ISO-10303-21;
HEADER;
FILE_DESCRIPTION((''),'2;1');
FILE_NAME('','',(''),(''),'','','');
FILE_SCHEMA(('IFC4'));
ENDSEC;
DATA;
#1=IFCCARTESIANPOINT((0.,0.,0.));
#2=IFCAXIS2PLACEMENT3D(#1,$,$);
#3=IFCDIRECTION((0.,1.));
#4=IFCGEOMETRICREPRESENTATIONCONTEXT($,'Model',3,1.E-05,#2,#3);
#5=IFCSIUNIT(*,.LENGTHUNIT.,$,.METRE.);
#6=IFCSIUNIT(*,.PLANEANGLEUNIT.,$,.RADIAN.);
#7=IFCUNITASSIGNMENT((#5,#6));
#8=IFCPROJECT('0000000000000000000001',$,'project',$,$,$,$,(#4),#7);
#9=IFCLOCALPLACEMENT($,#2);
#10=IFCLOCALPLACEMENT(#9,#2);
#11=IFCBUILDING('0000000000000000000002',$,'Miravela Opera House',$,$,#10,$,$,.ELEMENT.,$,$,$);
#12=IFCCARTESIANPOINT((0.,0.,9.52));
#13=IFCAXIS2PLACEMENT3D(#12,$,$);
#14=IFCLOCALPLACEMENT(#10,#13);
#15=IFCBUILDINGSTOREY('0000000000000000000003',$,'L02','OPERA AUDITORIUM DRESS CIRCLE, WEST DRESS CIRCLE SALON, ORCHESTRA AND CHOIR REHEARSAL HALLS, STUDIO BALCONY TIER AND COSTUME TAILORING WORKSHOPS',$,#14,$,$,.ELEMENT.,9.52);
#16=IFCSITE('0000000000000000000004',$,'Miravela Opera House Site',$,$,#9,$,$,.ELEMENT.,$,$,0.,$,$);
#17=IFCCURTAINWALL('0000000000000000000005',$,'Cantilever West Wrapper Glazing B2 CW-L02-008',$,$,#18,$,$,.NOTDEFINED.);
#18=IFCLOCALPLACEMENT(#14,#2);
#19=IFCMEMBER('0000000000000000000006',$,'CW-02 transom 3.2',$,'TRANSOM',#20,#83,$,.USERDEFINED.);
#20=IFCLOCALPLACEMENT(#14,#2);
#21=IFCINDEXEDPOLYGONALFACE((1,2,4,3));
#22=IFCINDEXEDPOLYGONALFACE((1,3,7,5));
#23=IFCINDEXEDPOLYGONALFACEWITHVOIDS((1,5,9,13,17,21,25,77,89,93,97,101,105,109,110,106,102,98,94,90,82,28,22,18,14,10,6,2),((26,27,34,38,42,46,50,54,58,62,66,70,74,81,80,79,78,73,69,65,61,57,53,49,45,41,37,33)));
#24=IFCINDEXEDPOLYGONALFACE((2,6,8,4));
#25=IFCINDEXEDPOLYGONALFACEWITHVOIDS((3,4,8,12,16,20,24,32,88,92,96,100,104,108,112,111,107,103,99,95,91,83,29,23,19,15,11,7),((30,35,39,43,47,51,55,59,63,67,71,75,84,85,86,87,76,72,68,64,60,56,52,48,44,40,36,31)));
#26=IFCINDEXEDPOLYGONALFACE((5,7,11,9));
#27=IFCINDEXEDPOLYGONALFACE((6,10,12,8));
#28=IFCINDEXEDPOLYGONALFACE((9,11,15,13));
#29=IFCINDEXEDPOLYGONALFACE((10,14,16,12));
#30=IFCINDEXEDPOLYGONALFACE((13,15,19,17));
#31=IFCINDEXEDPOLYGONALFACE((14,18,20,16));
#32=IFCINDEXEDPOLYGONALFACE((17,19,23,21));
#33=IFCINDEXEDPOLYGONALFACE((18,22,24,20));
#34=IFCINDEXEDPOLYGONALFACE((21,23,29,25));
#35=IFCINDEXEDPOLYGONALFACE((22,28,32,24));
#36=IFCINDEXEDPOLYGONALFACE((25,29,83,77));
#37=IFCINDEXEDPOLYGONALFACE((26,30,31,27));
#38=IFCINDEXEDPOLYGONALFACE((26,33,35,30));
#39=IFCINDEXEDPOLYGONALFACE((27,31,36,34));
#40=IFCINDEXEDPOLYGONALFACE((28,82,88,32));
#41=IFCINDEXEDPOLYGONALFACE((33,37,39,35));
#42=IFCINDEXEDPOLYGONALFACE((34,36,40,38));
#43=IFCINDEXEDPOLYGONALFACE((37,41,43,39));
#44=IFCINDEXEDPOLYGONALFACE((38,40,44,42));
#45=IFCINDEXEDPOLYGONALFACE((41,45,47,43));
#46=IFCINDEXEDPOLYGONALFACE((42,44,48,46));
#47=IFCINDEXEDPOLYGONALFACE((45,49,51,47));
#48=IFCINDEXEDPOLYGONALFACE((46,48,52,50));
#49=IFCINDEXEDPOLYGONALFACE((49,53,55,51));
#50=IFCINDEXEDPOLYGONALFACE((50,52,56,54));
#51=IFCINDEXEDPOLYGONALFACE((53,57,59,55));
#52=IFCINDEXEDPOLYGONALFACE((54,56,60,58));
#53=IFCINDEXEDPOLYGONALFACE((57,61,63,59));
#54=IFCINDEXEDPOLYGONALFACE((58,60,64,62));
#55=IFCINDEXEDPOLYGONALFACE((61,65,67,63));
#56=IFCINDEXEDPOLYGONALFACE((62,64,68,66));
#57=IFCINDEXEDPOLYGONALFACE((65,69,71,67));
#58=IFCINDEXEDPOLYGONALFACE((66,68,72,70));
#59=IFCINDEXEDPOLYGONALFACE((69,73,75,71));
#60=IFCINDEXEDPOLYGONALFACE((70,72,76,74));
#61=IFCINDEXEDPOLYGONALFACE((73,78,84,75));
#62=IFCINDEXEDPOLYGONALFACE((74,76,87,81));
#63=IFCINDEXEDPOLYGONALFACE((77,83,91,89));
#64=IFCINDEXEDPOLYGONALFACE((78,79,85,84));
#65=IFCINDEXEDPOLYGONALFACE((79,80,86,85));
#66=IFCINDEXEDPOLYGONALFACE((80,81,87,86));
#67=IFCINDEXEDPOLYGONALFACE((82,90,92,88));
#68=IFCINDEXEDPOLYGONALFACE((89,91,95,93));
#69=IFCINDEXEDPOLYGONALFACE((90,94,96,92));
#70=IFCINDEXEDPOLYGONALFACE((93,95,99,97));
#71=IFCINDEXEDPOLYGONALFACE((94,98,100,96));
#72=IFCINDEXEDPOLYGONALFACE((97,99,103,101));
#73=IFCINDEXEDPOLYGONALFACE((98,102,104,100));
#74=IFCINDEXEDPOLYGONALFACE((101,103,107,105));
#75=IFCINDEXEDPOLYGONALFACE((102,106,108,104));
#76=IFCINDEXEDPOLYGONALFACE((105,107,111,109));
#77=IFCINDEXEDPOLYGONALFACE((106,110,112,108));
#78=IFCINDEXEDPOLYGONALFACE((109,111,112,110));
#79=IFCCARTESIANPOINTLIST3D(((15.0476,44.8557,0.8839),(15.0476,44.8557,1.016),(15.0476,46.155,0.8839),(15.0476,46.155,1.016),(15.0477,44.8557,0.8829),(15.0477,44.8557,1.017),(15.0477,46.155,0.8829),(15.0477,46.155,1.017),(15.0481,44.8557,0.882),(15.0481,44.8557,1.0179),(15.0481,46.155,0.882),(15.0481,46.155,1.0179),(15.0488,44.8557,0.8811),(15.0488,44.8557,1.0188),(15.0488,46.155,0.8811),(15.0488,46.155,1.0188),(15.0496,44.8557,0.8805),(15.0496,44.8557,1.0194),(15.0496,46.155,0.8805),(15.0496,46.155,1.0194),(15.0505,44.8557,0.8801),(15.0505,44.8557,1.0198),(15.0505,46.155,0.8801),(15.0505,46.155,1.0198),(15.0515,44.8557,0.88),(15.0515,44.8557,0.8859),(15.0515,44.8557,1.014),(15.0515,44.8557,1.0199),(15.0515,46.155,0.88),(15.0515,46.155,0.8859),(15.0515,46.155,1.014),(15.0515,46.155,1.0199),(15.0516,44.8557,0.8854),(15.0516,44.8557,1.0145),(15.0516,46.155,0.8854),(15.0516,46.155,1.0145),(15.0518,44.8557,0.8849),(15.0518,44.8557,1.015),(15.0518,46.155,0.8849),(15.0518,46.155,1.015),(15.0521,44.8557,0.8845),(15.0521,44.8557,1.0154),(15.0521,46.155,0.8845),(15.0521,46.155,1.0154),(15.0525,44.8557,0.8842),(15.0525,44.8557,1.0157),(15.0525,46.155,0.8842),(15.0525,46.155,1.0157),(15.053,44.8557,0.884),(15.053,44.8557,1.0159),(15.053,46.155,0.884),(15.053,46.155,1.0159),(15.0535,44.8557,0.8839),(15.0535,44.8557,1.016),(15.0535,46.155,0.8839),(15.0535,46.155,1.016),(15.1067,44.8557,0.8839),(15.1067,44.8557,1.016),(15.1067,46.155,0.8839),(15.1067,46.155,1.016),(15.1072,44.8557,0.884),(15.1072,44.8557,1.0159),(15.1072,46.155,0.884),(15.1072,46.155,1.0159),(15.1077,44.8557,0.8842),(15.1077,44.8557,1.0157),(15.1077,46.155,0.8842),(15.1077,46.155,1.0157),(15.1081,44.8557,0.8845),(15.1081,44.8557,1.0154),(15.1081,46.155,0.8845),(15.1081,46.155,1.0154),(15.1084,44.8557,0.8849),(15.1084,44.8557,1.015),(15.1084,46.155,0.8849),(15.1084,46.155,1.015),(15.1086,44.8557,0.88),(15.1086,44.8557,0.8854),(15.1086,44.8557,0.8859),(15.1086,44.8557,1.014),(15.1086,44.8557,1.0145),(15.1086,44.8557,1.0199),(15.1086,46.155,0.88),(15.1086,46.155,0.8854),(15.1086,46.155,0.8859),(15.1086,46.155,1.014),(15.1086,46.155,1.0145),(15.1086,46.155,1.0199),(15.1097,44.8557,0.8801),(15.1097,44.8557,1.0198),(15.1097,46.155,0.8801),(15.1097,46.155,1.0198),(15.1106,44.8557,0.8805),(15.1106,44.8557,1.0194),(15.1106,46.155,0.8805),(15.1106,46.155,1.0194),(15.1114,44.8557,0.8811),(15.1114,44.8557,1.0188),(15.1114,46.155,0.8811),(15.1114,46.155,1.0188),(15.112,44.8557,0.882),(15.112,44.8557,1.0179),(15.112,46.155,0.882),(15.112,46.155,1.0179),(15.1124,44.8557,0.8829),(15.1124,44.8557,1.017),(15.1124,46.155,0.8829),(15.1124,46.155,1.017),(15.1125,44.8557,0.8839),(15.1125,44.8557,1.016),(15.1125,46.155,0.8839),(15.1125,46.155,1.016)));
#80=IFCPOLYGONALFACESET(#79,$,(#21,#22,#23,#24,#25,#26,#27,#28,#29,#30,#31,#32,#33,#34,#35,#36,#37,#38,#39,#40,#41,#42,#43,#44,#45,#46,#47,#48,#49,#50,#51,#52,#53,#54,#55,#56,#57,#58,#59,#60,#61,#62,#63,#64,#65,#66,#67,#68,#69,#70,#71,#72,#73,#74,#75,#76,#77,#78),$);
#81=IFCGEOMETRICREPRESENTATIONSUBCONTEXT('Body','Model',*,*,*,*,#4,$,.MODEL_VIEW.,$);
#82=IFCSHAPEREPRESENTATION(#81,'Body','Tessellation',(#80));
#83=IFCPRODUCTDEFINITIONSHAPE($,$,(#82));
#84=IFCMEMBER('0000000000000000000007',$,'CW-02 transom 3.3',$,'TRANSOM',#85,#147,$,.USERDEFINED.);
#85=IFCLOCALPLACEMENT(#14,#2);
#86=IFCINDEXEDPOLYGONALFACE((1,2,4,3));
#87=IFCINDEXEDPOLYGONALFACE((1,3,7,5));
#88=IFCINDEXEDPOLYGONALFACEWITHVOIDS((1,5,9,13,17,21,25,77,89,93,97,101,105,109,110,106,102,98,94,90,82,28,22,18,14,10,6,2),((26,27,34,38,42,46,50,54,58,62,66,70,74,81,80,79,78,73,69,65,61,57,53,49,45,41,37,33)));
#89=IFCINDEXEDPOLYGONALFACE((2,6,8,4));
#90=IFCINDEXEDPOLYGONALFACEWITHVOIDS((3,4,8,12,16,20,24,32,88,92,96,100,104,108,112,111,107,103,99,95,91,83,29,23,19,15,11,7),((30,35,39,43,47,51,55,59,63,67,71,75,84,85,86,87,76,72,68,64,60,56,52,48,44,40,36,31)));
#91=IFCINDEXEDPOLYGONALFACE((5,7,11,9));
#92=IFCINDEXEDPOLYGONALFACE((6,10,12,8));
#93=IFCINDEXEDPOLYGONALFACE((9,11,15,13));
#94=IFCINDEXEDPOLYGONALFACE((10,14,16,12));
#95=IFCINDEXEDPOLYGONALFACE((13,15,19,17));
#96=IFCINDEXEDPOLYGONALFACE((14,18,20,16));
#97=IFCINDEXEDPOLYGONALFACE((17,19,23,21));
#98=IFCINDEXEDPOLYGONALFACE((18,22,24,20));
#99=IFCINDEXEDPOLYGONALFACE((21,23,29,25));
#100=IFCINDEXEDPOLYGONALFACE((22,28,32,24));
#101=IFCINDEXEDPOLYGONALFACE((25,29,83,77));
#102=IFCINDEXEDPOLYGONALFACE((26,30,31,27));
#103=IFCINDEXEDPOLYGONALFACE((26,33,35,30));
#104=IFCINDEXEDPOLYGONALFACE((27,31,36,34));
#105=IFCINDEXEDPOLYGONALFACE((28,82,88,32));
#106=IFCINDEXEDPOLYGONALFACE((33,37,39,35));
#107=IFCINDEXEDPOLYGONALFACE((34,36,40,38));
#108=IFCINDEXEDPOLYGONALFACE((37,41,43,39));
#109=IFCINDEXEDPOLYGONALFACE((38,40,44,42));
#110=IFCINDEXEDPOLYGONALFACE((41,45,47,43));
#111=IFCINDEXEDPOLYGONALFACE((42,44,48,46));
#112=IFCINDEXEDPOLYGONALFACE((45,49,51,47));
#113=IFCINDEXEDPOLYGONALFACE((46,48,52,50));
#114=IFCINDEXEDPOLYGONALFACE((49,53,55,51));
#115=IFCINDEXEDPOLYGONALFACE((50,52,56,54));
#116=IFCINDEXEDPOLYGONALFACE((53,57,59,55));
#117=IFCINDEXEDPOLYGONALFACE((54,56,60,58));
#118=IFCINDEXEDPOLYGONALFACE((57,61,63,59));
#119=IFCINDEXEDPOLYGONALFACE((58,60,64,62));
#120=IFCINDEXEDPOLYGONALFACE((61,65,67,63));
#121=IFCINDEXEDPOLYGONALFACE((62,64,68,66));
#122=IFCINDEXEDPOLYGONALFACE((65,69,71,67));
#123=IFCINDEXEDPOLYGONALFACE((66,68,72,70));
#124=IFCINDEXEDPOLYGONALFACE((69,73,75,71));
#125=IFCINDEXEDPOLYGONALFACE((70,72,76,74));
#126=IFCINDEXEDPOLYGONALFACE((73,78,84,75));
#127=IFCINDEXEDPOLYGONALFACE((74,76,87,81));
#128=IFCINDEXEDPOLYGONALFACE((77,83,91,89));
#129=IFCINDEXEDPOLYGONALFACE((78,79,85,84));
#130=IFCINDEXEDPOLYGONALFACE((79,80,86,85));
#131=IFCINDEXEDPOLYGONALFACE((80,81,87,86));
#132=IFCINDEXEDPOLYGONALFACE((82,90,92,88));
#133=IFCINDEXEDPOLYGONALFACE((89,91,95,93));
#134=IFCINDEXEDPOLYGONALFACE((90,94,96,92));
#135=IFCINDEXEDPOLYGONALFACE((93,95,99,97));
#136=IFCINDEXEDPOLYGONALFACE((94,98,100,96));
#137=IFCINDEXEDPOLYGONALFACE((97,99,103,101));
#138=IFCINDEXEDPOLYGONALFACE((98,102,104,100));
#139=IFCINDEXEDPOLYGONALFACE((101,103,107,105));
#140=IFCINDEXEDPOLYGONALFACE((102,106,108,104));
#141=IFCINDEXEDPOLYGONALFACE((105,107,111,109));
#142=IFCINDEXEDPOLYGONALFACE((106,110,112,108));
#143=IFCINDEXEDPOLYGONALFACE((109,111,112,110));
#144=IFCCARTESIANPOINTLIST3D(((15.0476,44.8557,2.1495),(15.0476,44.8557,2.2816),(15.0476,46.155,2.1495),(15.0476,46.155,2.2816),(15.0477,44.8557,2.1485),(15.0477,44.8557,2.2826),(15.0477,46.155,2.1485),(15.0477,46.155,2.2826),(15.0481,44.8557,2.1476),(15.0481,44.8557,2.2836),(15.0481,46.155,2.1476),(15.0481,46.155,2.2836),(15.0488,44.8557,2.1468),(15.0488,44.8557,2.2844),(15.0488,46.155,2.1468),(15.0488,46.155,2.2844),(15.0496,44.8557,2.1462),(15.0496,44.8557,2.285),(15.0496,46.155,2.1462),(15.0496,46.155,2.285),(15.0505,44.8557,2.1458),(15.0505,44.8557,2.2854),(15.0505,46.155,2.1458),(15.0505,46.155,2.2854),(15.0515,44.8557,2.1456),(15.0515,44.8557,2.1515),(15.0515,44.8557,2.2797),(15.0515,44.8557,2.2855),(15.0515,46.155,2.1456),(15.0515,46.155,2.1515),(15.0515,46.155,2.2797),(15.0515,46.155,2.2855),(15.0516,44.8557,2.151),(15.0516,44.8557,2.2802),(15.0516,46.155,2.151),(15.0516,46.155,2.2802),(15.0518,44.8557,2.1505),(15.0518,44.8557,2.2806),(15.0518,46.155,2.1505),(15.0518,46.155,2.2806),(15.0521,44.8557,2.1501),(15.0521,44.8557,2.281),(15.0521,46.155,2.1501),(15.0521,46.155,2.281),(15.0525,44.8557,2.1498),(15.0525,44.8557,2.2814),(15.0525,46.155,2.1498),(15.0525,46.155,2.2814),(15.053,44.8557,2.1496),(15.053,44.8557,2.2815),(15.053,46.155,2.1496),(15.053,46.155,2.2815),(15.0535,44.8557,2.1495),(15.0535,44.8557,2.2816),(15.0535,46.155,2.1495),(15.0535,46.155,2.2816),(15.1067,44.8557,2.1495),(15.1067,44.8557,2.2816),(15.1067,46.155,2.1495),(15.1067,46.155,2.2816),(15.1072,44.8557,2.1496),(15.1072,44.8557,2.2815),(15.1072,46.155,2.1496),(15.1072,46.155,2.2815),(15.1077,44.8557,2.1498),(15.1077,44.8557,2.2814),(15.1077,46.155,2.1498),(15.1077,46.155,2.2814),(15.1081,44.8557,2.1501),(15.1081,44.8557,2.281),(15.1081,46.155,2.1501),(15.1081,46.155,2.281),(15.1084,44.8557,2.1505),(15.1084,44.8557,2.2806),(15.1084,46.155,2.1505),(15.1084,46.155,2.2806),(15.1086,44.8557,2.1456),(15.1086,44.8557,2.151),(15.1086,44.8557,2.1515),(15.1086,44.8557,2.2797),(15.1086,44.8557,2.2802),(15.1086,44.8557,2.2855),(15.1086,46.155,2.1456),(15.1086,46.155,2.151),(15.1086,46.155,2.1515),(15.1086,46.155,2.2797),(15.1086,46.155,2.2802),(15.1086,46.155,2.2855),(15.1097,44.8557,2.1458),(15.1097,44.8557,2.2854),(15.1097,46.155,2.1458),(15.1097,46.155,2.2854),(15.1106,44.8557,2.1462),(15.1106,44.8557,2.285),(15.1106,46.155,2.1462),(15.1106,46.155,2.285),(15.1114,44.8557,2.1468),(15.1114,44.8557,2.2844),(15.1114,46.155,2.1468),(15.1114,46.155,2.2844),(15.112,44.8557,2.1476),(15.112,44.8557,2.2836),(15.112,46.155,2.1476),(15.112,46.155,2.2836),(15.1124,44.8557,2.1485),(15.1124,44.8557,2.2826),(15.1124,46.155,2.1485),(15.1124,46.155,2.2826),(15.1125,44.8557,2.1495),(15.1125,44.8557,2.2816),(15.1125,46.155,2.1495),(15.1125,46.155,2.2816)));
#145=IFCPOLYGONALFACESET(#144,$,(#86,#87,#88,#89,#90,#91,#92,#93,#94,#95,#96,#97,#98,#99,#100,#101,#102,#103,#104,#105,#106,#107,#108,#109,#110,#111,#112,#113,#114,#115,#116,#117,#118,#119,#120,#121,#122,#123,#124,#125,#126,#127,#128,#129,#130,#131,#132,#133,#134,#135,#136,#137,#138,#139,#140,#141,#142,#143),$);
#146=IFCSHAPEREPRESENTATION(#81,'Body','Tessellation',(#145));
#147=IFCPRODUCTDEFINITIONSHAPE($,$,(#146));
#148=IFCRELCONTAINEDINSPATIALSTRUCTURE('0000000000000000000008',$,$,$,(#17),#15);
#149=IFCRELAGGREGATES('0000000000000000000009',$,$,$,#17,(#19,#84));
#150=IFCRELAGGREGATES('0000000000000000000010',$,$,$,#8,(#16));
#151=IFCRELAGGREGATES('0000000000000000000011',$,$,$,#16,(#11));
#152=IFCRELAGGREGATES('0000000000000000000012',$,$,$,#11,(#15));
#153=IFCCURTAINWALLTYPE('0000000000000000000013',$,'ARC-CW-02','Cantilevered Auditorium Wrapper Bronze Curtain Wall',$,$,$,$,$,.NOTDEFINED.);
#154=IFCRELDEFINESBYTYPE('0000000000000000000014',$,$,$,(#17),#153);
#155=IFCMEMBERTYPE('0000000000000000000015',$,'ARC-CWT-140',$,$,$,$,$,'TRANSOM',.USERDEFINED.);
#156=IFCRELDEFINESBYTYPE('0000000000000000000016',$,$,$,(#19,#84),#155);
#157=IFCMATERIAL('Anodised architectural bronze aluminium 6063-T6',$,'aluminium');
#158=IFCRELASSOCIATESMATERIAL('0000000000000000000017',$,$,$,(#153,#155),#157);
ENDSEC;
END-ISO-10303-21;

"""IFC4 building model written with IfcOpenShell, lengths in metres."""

from ifc_helpers import new_model, si_unit, direction, frame, origin, origin_2d, place, context, subcontext, project, spatial, hollow_rectangle, extrude, material, material_profile, profile_set, type_object, element, aggregate, save


model = new_model("IFC4")

# Units and contexts
model_context = context("Model", 3, precision=1e-05, world=origin(), true_north=direction((0.0, 1.0)))
body_context = subcontext(model_context, "Body", "Model", "MODEL_VIEW")
ifc_project = project(units=[si_unit("LENGTHUNIT", "METRE"), si_unit("PLANEANGLEUNIT", "RADIAN")], contexts=[model_context])

# Site, building, storey
site_placement = place(None, origin())
site = spatial("IfcSite", under=ifc_project, at=site_placement, Name="Miravela Opera House Site", CompositionType="ELEMENT", RefElevation=0.0)
building_placement = place(site_placement, origin())
building = spatial("IfcBuilding", under=site, at=building_placement, Name="Miravela Opera House", CompositionType="ELEMENT")
storey_placement = place(building_placement, frame((0.0, 0.0, 9.52)))
storey = spatial("IfcBuildingStorey", under=building, at=storey_placement, Name="L02", Description="OPERA AUDITORIUM DRESS CIRCLE, WEST DRESS CIRCLE SALON, ORCHESTRA AND CHOIR REHEARSAL HALLS, STUDIO BALCONY TIER AND COSTUME TAILORING WORKSHOPS", CompositionType="ELEMENT", Elevation=9.52)

# Curtain wall, members
ifc_material_1 = material(Name="Anodised architectural bronze aluminium 6063-T6", Category="aluminium")
curtain_wall_type = type_object("IfcCurtainWallType", Name="ARC-CW-02", Description="Cantilevered Auditorium Wrapper Bronze Curtain Wall", PredefinedType="NOTDEFINED", material=ifc_material_1)
curtain_wall_placement = place(storey_placement, origin())
curtain_wall = element("IfcCurtainWall", 1, at=curtain_wall_placement, inside=storey, type_object=curtain_wall_type, Name="Cantilever West Wrapper Glazing B2 CW-L02-008", PredefinedType="NOTDEFINED")
ifc_material_profile_1 = material_profile(ifc_material_1, hollow_rectangle(XDim=0.0649, YDim=0.1399, WallThickness=0.0039, InnerFilletRadius=0.002, OuterFilletRadius=0.0039, at=origin_2d()), Name="CWT-65X140")
ifc_profile_set_1 = profile_set([ifc_material_profile_1])
member_type_1 = type_object("IfcMemberType", Name="ARC-CWT-140", ElementType="TRANSOM", PredefinedType="USERDEFINED", material=ifc_profile_set_1)
member_1_placement = place(storey_placement, frame((15.0801, 44.8557, 0.95), z_axis=(0.0, 1.0, 0.0), x_axis=(-1.0, 0.0, 0.0)))
member_1 = element("IfcMember", 2, at=member_1_placement, type_object=member_type_1, Name="CW-02 transom 3.2", ObjectType="TRANSOM", PredefinedType="USERDEFINED", context=body_context, shape_type="SweptSolid", body=[
    extrude(hollow_rectangle(XDim=0.0649, YDim=0.1399, WallThickness=0.0039, InnerFilletRadius=0.002, OuterFilletRadius=0.0039, at=origin_2d()), origin(), (0.0, 0.0, 1.0), 1.2993),
])
member_2_placement = place(storey_placement, frame((15.0801, 44.8557, 2.2156), z_axis=(0.0, 1.0, 0.0), x_axis=(-1.0, 0.0, 0.0)))
member_2 = element("IfcMember", 3, at=member_2_placement, type_object=member_type_1, Name="CW-02 transom 3.3", ObjectType="TRANSOM", PredefinedType="USERDEFINED", context=body_context, shape_type="SweptSolid", body=[
    extrude(hollow_rectangle(XDim=0.0649, YDim=0.1399, WallThickness=0.0039, InnerFilletRadius=0.002, OuterFilletRadius=0.0039, at=origin_2d()), origin(), (0.0, 0.0, 1.0), 1.2993),
])

aggregate(curtain_wall, [member_1, member_2])

save(model, "model.ifc")
